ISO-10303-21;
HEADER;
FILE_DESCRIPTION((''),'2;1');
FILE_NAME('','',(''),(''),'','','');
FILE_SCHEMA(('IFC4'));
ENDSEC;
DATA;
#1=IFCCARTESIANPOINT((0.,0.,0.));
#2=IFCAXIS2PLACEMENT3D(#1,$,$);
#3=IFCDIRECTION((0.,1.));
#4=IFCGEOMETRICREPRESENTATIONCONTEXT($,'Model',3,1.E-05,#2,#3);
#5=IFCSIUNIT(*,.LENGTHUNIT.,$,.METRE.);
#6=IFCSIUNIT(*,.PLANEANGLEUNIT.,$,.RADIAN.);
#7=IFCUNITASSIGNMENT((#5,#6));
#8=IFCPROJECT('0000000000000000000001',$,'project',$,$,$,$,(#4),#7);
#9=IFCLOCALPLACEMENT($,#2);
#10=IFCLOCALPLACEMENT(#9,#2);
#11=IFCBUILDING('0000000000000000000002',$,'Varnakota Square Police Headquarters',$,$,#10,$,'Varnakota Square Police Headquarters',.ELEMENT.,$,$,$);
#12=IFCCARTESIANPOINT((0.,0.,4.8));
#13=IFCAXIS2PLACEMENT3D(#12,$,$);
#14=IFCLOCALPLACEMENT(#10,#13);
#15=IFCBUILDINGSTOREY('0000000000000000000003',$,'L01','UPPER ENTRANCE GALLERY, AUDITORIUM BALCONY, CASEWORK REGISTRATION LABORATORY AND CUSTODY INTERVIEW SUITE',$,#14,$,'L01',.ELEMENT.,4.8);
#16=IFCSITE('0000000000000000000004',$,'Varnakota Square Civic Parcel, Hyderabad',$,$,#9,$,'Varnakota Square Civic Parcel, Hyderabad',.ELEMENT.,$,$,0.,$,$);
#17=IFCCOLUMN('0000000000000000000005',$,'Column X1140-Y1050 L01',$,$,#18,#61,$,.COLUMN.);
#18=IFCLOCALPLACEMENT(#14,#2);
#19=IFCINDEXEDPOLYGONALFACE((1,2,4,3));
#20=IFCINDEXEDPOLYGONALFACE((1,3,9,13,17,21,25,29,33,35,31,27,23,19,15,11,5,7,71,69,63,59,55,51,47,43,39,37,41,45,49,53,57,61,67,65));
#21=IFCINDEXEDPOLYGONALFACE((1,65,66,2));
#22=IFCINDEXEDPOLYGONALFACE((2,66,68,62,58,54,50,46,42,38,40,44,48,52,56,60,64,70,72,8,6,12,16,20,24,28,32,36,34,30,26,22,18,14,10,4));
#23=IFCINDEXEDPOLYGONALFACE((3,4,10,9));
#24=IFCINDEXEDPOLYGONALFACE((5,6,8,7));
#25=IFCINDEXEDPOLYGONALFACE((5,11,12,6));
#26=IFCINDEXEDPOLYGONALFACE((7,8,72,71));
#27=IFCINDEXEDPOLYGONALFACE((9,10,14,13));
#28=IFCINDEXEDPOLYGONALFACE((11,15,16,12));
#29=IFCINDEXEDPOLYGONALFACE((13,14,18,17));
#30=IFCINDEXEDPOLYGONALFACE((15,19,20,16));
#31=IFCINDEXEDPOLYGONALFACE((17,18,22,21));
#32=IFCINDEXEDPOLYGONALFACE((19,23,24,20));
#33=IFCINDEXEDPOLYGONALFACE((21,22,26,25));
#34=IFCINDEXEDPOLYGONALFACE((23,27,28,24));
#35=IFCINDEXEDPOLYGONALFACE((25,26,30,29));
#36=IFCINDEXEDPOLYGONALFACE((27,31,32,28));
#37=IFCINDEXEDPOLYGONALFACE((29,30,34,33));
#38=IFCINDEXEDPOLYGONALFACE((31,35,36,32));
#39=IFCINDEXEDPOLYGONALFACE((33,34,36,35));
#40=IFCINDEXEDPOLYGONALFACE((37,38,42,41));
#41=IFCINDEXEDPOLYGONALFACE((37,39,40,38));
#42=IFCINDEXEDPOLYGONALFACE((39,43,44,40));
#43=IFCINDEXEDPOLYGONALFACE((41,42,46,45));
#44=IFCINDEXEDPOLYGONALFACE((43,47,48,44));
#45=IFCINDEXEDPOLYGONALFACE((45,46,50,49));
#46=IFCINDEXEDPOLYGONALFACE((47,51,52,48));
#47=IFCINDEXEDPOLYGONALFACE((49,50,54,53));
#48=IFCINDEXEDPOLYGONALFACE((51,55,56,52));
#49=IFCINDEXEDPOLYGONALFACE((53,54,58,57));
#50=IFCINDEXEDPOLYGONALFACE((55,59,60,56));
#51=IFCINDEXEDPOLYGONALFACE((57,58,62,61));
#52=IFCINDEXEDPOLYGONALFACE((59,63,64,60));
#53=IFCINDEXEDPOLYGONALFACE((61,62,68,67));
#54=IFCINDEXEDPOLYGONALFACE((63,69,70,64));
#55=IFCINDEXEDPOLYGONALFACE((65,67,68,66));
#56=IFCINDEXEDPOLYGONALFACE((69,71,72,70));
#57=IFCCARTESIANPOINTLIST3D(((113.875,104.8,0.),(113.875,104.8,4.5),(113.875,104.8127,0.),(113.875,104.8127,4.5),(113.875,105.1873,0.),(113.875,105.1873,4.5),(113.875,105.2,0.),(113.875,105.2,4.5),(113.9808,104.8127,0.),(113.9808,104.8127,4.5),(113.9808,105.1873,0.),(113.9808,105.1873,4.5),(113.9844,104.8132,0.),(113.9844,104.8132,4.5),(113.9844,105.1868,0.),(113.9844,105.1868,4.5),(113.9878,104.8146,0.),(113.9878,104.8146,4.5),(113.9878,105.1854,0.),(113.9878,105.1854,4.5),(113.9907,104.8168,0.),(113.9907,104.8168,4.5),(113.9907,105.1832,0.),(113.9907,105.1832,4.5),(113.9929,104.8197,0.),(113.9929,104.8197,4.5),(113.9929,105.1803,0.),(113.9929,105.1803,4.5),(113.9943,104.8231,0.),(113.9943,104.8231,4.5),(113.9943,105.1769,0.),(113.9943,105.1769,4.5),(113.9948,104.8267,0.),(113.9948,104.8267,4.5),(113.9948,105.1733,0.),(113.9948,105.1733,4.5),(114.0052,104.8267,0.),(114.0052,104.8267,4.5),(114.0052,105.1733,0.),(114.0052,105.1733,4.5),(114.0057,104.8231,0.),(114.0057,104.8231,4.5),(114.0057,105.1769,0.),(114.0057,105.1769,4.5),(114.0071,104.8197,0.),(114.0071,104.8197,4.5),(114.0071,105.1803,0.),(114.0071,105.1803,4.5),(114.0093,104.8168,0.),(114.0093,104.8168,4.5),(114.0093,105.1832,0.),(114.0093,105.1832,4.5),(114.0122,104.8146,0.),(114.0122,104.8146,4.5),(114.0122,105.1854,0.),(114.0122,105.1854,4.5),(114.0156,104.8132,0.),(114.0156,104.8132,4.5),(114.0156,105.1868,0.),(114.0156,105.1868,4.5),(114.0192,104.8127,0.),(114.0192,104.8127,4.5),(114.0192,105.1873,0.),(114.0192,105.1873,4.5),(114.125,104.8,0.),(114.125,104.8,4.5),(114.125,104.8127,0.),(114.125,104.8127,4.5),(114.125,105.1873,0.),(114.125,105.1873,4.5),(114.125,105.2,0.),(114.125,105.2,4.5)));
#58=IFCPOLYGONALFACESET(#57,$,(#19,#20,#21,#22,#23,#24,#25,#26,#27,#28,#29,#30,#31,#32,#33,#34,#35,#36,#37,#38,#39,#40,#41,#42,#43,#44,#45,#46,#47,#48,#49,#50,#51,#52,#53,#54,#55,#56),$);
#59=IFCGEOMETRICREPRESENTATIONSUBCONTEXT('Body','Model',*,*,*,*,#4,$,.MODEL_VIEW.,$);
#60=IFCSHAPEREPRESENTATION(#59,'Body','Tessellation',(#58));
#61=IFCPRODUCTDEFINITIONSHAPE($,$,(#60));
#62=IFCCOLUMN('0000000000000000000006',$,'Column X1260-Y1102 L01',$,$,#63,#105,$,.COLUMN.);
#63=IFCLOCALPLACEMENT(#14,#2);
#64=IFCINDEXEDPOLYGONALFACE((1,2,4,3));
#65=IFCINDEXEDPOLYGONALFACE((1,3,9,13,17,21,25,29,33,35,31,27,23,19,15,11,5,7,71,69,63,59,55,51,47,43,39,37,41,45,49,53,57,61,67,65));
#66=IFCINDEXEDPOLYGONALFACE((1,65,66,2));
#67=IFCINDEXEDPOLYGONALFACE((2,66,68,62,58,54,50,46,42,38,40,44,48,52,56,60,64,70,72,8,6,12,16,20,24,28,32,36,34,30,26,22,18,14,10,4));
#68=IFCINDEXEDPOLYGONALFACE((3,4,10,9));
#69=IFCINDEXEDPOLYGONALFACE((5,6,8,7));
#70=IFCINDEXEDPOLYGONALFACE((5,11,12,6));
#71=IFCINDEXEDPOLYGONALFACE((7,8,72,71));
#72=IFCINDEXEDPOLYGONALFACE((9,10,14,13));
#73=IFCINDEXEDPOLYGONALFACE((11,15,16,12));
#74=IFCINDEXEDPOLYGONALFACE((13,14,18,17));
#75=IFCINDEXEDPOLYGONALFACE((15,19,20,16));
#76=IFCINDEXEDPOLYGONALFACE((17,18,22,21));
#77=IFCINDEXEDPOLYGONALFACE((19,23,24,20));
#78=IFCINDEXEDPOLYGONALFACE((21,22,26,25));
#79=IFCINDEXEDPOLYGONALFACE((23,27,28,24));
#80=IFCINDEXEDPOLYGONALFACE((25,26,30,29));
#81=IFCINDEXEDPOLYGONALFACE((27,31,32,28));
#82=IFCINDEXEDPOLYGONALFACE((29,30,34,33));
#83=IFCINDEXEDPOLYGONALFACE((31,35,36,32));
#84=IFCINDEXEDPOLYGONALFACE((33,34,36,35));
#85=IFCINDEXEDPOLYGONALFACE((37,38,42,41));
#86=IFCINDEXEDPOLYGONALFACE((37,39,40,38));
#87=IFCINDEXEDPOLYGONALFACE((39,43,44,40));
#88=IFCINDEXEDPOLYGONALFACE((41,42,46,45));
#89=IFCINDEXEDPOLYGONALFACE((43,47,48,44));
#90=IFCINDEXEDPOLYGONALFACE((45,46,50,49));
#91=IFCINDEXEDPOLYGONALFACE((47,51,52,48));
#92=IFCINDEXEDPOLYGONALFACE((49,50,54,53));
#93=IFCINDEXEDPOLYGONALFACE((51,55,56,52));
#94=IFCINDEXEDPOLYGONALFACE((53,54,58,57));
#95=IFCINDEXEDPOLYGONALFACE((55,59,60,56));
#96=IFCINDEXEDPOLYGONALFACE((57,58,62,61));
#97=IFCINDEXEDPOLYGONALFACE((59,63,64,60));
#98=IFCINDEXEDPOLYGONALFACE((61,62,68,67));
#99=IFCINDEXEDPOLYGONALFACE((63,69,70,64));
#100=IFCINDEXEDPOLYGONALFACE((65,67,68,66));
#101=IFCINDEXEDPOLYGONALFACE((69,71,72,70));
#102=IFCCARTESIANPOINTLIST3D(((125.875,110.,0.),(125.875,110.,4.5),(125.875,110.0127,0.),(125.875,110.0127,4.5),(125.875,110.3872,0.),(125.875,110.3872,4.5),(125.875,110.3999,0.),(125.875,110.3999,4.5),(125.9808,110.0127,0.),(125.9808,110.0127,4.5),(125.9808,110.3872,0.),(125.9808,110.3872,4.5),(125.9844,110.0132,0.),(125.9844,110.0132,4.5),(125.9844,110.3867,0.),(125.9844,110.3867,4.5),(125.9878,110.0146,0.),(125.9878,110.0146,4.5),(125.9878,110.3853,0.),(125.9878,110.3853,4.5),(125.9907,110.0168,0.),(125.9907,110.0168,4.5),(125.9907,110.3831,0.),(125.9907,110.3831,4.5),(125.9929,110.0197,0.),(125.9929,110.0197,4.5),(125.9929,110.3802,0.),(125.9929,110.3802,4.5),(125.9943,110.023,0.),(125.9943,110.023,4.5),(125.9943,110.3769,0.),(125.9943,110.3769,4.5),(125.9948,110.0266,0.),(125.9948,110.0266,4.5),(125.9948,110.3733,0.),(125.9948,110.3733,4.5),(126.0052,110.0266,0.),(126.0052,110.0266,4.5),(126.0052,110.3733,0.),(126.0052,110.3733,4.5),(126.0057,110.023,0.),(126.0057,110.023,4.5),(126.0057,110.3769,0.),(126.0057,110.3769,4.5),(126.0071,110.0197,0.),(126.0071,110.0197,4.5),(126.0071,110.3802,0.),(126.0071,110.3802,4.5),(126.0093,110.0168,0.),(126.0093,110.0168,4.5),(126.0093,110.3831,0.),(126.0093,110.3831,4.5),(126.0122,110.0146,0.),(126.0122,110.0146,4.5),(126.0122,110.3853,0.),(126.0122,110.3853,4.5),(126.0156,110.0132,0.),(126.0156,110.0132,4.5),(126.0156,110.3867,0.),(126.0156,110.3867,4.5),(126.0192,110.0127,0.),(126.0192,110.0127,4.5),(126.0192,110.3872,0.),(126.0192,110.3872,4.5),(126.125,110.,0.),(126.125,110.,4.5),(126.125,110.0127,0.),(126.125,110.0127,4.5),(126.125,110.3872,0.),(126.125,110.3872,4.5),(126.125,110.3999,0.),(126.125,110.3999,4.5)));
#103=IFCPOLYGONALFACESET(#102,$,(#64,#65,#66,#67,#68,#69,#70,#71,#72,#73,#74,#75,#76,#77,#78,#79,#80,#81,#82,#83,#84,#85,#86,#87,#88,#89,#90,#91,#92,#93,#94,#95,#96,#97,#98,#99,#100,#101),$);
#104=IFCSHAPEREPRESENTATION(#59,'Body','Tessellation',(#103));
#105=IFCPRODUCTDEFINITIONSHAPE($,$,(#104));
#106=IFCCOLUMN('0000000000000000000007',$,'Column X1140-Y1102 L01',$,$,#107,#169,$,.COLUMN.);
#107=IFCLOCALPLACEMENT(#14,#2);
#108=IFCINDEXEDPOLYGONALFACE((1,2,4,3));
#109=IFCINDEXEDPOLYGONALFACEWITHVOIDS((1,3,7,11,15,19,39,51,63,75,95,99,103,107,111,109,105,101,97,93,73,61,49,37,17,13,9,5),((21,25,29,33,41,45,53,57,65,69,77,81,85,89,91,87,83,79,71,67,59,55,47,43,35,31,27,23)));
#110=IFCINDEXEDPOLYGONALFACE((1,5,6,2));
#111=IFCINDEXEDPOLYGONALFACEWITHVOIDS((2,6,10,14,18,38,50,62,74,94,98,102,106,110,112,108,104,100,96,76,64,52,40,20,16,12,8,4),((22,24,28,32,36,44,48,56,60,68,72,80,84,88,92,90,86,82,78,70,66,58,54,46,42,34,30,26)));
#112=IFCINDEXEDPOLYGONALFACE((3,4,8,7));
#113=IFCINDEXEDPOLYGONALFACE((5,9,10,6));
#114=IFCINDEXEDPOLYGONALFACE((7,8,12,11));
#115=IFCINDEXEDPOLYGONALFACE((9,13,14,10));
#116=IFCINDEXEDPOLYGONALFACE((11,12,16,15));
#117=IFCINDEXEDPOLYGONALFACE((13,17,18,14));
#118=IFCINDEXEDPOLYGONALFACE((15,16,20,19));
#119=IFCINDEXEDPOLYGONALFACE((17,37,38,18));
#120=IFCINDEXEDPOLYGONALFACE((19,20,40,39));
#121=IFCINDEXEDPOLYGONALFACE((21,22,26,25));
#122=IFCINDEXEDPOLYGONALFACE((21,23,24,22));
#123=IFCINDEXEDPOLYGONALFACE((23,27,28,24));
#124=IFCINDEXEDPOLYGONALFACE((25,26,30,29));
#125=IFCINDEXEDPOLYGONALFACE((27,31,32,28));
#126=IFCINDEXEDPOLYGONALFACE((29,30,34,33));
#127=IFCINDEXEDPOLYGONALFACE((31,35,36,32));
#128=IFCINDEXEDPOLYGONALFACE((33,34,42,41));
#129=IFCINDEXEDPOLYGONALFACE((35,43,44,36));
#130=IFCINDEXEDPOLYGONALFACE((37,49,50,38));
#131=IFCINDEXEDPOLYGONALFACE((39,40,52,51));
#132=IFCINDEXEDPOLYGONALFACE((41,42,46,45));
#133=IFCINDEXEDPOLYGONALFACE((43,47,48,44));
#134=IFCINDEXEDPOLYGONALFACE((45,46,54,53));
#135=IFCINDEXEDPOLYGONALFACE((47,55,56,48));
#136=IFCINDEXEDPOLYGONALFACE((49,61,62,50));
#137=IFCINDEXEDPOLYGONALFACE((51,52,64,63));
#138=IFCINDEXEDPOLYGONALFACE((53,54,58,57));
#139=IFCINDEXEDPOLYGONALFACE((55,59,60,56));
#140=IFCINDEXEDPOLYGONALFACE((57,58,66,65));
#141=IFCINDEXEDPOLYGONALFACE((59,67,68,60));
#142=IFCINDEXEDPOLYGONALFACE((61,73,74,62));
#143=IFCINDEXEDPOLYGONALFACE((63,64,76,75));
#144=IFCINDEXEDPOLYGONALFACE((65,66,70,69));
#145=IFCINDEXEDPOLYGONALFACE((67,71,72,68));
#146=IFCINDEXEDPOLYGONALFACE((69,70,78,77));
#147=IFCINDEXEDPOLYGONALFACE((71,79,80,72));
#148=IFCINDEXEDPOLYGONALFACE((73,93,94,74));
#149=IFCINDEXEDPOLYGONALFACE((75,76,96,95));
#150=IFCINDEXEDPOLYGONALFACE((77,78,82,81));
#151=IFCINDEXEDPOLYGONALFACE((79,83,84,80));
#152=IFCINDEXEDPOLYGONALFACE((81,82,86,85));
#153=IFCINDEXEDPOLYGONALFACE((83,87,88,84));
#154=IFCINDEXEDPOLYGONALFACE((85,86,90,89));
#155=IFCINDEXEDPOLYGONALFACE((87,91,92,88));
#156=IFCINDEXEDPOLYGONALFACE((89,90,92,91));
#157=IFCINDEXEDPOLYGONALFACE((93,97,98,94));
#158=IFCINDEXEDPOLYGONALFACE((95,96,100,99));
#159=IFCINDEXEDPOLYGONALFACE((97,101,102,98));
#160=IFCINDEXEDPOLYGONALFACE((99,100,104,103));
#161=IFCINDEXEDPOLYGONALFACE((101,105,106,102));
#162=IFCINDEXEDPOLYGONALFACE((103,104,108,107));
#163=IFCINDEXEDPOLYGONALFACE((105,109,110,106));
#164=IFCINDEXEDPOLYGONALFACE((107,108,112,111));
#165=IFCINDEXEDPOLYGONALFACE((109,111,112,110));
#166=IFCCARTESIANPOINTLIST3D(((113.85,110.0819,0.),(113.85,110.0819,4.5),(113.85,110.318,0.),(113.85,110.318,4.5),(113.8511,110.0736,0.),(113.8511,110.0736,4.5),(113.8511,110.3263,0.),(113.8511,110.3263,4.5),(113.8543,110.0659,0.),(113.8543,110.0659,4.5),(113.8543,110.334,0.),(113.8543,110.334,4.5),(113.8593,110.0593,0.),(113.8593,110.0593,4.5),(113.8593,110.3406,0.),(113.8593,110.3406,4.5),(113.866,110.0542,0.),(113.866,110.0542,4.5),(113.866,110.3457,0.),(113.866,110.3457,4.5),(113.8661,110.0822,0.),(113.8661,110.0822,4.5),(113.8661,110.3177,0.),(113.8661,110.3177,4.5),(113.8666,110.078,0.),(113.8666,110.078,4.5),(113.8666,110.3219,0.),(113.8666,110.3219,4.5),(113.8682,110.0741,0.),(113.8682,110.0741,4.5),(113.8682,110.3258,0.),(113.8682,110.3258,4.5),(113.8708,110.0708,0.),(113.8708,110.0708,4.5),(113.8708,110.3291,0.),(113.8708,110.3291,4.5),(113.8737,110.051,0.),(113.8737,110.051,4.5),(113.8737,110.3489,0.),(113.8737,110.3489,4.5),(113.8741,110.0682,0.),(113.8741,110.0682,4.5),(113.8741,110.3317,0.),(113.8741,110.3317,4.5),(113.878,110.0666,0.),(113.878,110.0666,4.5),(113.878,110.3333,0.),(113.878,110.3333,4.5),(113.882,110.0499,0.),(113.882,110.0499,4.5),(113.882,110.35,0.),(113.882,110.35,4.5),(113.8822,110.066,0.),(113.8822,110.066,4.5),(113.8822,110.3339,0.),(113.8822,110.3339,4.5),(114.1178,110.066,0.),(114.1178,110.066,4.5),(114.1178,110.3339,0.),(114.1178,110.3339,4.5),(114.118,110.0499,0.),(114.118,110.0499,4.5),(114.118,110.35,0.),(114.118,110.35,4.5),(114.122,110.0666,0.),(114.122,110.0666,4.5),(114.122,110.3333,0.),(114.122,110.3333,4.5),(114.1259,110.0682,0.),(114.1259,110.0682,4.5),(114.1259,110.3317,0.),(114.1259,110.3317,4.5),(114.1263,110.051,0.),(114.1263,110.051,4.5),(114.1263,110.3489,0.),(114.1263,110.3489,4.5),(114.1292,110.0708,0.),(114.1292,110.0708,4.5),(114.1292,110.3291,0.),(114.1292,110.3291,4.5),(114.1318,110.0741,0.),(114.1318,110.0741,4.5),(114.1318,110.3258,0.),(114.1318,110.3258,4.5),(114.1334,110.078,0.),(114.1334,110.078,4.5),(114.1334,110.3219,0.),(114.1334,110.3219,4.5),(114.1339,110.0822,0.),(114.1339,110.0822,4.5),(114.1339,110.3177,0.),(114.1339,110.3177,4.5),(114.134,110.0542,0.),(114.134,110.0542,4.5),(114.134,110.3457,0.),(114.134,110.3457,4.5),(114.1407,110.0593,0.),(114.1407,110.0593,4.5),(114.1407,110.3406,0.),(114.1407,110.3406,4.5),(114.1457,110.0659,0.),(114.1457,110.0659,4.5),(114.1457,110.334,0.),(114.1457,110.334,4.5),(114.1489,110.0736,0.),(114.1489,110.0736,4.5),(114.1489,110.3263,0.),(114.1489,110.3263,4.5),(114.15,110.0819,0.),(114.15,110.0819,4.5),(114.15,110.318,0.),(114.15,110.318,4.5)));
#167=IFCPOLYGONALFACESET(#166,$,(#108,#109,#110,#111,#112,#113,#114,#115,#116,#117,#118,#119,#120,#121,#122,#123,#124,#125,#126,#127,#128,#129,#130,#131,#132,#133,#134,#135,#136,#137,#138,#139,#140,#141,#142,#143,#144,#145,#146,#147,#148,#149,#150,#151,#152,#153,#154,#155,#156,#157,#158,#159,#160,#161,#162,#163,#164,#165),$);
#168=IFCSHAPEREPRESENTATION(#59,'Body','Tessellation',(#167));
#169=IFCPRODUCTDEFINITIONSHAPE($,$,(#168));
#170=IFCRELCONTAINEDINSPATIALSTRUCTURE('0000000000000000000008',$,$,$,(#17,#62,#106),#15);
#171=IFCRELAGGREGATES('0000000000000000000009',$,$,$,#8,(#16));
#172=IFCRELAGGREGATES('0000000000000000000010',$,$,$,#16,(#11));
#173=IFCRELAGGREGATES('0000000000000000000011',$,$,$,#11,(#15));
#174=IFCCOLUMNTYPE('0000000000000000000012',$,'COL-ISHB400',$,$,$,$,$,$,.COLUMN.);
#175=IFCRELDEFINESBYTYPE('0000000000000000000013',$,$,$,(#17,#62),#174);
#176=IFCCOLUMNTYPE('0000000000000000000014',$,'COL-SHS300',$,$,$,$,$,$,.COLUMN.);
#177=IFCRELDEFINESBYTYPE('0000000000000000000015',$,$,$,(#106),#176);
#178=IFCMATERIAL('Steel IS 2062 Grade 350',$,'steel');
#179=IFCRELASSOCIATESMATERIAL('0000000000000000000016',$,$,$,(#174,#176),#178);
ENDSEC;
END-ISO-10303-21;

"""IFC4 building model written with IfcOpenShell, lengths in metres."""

from ifc_helpers import new_model, si_unit, direction, frame, origin, origin_2d, place, context, subcontext, project, spatial, hollow_rectangle, i_section, extrude, material, material_profile, profile_set, type_object, element, save


model = new_model("IFC4")

# Units and contexts
model_context = context("Model", 3, precision=1e-05, world=origin(), true_north=direction((0.0, 1.0)))
body_context = subcontext(model_context, "Body", "Model", "MODEL_VIEW")
ifc_project = project(units=[si_unit("LENGTHUNIT", "METRE"), si_unit("PLANEANGLEUNIT", "RADIAN")], contexts=[model_context])

# Site, building, storey
site_placement = place(None, origin())
site = spatial("IfcSite", under=ifc_project, at=site_placement, Name="Varnakota Square Civic Parcel, Hyderabad", LongName="Varnakota Square Civic Parcel, Hyderabad", CompositionType="ELEMENT", RefElevation=0.0)
building_placement = place(site_placement, origin())
building = spatial("IfcBuilding", under=site, at=building_placement, Name="Varnakota Square Police Headquarters", LongName="Varnakota Square Police Headquarters", CompositionType="ELEMENT")
storey_placement = place(building_placement, frame((0.0, 0.0, 4.8)))
storey = spatial("IfcBuildingStorey", under=building, at=storey_placement, Name="L01", Description="UPPER ENTRANCE GALLERY, AUDITORIUM BALCONY, CASEWORK REGISTRATION LABORATORY AND CUSTODY INTERVIEW SUITE", LongName="L01", CompositionType="ELEMENT", Elevation=4.8)

# Columns
ifc_material_1 = material(Name="Steel IS 2062 Grade 350", Category="steel")
ifc_material_profile_1 = material_profile(ifc_material_1, i_section(OverallWidth=0.25, OverallDepth=0.3999, WebThickness=0.0105, FlangeThickness=0.0127, FilletRadius=0.0139, at=origin_2d()), Name="ISHB 400")
ifc_profile_set_1 = profile_set([ifc_material_profile_1], Name="Steel IS 2062 Grade 350")
column_type_1 = type_object("IfcColumnType", Name="COL-ISHB400", PredefinedType="COLUMN", material=ifc_profile_set_1)
for number, where, z_axis, x_axis, name in (
    (1, (114.0, 105.0, 0.0), (0.0, 0.0, 1.0), (1.0, 0.0, 0.0), "Column X1140-Y1050 L01"),
    (2, (126.0, 110.2, 0.0), (0.0, 0.0, 1.0), (1.0, 0.0, 0.0), "Column X1260-Y1102 L01"),
):
    element("IfcColumn", number, at=place(storey_placement, frame(where, z_axis=z_axis, x_axis=x_axis)), inside=storey, type_object=column_type_1, Name=name, PredefinedType="COLUMN", context=body_context, shape_type="SweptSolid", body=[
        extrude(i_section(OverallWidth=0.25, OverallDepth=0.3999, WebThickness=0.0105, FlangeThickness=0.0127, FilletRadius=0.0139, at=origin_2d()), origin(), (0.0, 0.0, 1.0), 4.5),
    ])
ifc_material_profile_2 = material_profile(ifc_material_1, hollow_rectangle(XDim=0.3, YDim=0.3, WallThickness=0.0161, InnerFilletRadius=0.0161, OuterFilletRadius=0.032, at=origin_2d()), Name="SHS 300x300x16")
ifc_profile_set_2 = profile_set([ifc_material_profile_2], Name="Steel IS 2062 Grade 350")
column_type_2 = type_object("IfcColumnType", Name="COL-SHS300", PredefinedType="COLUMN", material=ifc_profile_set_2)
for number, where, z_axis, x_axis, name in (
    (3, (114.0, 110.2, 0.0), (0.0, 0.0, 1.0), (1.0, 0.0, 0.0), "Column X1140-Y1102 L01"),
):
    element("IfcColumn", number, at=place(storey_placement, frame(where, z_axis=z_axis, x_axis=x_axis)), inside=storey, type_object=column_type_2, Name=name, PredefinedType="COLUMN", context=body_context, shape_type="SweptSolid", body=[
        extrude(hollow_rectangle(XDim=0.3, YDim=0.3, WallThickness=0.0161, InnerFilletRadius=0.0161, OuterFilletRadius=0.032, at=origin_2d()), origin(), (0.0, 0.0, 1.0), 4.5),
    ])

save(model, "model.ifc")
